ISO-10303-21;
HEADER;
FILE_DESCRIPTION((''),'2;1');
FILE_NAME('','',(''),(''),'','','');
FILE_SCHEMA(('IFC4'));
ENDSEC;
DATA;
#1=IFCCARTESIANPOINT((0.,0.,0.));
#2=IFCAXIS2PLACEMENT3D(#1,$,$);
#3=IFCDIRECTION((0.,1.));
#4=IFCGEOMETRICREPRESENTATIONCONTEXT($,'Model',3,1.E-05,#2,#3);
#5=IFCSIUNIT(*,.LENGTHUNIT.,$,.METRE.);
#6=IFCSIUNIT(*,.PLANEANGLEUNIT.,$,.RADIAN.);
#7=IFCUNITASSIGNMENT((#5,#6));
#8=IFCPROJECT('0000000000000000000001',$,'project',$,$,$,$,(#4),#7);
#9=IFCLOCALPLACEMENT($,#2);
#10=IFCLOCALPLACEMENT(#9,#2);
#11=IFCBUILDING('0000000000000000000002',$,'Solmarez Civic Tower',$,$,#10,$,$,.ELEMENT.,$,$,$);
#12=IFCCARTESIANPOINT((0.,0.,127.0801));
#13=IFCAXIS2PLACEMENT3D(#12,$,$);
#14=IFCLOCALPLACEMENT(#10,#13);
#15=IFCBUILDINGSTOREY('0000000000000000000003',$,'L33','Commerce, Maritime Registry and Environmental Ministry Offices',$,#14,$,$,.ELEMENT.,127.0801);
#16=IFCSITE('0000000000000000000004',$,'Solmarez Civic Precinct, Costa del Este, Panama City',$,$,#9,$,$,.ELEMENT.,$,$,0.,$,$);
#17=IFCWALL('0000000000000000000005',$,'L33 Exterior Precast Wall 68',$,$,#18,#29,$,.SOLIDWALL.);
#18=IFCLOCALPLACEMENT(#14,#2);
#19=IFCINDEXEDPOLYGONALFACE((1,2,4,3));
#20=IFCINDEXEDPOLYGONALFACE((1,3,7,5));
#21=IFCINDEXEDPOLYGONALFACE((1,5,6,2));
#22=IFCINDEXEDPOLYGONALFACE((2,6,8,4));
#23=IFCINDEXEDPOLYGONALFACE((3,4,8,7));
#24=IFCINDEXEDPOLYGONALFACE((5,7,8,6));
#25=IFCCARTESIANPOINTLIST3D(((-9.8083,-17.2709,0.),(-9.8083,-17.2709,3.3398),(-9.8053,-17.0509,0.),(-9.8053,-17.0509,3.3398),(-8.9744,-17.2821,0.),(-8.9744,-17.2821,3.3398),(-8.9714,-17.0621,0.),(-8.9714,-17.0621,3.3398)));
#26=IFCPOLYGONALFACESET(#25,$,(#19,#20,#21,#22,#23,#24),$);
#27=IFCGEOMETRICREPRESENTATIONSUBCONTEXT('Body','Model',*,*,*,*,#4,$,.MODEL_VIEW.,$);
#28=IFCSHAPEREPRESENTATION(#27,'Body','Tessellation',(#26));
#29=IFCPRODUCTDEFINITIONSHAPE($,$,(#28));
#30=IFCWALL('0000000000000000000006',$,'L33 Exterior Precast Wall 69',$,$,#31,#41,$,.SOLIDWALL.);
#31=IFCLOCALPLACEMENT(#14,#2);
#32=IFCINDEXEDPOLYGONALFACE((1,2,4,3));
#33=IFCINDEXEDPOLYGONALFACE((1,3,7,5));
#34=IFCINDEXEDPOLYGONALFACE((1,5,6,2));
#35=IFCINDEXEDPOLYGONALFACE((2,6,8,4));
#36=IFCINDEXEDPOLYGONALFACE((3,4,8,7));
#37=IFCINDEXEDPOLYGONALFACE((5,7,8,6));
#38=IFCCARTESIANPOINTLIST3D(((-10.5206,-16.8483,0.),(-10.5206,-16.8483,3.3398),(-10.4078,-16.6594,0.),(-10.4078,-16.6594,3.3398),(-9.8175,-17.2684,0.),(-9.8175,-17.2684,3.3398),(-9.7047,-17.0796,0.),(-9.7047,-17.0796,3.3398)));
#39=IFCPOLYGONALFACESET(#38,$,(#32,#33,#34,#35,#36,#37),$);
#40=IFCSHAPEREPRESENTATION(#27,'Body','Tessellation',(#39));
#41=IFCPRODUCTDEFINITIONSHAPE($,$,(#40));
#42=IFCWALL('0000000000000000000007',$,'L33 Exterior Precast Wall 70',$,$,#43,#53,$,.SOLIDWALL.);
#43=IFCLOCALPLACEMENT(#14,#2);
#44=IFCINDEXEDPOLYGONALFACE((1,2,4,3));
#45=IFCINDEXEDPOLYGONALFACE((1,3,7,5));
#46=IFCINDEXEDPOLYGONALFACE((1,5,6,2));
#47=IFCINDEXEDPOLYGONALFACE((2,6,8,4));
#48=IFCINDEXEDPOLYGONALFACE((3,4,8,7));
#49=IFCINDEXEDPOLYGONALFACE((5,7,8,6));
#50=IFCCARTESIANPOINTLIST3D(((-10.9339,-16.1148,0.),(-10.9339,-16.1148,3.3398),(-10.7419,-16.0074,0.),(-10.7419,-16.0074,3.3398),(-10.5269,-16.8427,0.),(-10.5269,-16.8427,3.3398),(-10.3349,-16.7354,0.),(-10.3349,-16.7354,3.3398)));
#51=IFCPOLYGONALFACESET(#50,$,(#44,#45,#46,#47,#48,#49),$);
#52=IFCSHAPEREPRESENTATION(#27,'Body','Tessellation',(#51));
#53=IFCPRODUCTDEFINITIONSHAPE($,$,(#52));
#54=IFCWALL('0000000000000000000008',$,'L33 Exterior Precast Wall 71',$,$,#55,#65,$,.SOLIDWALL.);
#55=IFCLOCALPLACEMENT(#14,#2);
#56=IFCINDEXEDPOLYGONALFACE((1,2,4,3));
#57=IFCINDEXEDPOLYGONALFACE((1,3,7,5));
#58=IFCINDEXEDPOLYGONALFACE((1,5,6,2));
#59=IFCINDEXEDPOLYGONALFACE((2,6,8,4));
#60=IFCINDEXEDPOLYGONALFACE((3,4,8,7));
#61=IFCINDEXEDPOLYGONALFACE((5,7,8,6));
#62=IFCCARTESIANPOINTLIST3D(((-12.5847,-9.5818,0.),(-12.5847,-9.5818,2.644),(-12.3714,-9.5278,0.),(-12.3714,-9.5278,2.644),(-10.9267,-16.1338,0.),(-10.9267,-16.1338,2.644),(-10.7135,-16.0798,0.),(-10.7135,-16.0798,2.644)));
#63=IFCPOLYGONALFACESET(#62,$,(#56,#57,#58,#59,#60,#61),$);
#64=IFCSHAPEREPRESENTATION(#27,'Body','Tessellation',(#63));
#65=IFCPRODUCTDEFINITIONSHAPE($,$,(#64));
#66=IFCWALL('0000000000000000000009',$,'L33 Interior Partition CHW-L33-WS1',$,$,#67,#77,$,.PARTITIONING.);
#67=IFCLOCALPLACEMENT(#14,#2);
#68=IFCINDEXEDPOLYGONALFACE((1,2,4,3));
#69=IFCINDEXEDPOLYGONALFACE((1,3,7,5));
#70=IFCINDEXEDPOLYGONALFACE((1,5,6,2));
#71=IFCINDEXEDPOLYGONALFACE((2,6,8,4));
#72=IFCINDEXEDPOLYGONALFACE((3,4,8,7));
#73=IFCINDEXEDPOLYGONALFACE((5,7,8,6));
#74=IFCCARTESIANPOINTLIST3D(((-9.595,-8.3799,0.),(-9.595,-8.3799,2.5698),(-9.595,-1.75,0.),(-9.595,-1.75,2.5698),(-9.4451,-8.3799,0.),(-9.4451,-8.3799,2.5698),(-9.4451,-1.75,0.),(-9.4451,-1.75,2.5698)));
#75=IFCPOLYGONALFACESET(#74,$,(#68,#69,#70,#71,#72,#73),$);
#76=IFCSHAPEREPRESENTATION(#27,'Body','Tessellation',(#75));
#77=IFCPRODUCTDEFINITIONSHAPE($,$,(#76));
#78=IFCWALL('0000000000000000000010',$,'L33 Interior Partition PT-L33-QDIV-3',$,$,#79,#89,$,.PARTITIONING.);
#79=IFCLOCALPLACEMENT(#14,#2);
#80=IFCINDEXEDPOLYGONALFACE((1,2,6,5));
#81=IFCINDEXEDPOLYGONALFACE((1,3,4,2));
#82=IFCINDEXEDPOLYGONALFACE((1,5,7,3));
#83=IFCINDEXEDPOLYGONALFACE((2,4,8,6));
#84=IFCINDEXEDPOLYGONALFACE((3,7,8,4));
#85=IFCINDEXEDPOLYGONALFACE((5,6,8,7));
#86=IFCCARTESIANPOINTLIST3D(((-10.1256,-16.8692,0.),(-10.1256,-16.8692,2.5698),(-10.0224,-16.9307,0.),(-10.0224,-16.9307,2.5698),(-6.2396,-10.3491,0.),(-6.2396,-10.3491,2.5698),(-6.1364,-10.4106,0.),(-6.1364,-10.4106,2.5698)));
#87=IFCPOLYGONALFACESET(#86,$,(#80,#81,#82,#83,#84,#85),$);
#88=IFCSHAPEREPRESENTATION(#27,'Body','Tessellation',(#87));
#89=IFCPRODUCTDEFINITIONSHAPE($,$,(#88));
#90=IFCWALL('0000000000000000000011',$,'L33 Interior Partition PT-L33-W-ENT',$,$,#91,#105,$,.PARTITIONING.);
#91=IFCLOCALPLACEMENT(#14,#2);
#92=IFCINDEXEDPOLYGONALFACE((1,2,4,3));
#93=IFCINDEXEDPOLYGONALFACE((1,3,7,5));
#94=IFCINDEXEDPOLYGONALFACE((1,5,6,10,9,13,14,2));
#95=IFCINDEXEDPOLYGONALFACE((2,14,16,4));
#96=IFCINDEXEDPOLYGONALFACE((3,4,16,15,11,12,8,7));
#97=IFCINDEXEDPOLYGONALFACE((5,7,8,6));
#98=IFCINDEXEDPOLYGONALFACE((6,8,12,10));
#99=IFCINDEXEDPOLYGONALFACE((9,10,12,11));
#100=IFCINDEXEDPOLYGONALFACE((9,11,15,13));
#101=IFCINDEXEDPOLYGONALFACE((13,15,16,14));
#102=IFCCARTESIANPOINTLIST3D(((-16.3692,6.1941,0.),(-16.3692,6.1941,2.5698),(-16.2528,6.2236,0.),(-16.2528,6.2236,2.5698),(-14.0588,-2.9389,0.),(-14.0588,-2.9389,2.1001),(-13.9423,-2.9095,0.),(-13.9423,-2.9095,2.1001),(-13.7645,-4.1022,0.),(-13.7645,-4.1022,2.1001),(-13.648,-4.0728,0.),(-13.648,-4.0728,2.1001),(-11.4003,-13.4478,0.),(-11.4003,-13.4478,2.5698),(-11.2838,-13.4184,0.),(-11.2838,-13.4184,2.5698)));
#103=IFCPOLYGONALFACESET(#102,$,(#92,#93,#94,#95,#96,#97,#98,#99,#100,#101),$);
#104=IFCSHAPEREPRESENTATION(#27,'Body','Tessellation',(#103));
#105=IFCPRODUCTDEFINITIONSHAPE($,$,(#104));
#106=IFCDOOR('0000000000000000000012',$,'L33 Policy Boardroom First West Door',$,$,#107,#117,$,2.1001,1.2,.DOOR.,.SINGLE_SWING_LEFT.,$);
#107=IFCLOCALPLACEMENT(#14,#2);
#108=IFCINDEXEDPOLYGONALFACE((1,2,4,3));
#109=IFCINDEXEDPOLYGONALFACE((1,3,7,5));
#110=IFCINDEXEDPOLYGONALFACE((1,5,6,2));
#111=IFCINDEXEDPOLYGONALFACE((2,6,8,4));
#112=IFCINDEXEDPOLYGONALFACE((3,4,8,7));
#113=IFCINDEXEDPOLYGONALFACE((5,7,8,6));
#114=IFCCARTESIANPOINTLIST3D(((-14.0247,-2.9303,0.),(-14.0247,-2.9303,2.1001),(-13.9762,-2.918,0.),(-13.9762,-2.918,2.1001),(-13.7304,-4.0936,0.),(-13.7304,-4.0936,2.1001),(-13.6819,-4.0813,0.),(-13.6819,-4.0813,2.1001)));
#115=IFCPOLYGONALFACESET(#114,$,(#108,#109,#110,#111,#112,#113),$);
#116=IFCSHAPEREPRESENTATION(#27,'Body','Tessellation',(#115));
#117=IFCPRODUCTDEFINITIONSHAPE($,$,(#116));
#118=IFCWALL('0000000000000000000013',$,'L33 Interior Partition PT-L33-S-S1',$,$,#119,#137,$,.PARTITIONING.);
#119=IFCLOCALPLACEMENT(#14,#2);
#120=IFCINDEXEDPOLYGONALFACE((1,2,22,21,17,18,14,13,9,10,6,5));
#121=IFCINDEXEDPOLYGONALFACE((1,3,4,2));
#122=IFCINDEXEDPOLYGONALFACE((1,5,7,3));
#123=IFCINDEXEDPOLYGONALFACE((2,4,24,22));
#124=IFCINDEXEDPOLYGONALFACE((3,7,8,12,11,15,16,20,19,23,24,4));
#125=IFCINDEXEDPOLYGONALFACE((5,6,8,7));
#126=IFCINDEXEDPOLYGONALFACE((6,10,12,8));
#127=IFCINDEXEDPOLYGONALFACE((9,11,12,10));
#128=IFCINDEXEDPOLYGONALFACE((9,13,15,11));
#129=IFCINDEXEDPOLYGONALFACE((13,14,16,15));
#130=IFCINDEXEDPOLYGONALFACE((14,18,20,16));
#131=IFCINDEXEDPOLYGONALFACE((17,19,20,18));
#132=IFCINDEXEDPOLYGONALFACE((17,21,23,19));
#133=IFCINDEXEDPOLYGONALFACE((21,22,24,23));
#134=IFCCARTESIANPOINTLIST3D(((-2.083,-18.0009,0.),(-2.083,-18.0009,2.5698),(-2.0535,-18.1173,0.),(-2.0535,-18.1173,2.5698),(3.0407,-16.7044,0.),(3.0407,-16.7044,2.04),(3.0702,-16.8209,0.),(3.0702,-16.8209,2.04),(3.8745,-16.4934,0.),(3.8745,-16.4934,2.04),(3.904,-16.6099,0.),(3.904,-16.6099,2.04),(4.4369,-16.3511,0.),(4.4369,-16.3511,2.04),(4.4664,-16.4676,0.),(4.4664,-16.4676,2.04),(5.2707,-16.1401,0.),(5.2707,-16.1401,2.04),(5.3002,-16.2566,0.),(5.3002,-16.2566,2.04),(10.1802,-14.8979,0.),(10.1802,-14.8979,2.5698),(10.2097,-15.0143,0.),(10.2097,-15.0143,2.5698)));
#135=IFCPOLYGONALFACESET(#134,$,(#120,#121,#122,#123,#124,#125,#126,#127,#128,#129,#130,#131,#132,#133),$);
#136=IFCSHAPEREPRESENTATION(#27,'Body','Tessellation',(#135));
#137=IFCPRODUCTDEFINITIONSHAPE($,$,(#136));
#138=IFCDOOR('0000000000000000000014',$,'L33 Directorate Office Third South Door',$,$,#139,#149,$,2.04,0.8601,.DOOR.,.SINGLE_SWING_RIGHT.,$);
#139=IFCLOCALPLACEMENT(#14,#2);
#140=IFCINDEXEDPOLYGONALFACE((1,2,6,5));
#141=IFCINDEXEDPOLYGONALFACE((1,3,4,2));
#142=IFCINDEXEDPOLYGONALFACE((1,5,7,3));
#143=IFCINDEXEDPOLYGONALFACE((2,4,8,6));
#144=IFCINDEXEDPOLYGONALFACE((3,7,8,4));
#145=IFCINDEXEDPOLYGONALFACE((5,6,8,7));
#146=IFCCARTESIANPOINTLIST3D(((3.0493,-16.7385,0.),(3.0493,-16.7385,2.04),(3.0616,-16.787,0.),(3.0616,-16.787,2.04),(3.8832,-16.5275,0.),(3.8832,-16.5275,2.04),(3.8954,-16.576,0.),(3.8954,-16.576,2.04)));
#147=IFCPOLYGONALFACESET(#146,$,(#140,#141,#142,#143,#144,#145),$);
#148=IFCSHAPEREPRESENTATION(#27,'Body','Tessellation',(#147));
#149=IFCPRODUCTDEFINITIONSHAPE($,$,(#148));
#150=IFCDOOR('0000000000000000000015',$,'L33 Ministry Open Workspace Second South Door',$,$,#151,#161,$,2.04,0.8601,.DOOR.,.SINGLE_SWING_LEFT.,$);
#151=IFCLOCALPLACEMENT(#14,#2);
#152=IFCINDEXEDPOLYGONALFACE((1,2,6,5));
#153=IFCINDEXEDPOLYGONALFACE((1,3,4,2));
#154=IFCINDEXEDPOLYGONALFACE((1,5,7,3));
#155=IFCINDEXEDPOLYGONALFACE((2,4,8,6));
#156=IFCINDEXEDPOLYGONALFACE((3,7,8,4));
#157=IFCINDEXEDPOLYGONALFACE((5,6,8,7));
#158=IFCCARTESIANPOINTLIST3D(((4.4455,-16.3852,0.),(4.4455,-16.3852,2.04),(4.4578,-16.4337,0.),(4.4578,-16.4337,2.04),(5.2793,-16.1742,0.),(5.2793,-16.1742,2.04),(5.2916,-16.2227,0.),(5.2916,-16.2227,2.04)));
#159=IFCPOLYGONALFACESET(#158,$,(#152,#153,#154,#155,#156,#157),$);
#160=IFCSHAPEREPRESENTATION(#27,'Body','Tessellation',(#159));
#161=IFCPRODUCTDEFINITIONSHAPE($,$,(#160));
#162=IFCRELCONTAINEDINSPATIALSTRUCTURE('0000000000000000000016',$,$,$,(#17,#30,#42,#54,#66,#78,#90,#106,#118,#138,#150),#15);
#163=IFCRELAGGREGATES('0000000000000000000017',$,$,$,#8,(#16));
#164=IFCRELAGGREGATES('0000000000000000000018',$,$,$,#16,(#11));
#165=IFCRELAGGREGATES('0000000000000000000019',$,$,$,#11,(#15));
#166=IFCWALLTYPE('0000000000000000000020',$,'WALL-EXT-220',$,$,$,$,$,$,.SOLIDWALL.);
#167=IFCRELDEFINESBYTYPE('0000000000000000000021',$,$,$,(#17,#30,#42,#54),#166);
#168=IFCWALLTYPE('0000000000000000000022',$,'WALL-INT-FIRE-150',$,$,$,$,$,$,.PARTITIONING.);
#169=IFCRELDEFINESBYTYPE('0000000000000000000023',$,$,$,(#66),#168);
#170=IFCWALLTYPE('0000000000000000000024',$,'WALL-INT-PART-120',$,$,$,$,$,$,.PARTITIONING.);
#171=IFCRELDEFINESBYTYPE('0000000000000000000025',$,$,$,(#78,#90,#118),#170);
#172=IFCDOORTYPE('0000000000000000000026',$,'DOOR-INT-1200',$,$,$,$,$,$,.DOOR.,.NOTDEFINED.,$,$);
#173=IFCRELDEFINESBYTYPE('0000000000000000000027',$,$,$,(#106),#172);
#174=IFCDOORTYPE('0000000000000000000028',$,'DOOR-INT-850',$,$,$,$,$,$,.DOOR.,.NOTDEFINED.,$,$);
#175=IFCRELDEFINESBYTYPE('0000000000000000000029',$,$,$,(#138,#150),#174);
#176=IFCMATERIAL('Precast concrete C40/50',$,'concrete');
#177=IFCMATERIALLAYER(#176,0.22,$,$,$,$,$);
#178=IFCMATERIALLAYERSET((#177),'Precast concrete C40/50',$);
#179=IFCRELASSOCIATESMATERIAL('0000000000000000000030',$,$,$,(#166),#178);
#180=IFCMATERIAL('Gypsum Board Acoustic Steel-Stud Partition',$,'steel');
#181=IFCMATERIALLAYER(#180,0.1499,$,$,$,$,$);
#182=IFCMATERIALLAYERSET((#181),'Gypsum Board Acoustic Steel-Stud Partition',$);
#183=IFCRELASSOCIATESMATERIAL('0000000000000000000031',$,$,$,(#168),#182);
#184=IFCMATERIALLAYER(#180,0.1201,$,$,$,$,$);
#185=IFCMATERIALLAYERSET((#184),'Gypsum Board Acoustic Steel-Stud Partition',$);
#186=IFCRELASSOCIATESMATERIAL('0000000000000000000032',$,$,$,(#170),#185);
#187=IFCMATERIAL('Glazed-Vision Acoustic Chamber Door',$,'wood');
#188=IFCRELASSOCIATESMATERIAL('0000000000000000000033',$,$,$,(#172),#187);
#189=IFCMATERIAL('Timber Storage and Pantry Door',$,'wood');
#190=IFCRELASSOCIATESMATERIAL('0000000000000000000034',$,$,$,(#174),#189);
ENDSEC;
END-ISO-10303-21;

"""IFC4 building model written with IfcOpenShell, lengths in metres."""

from ifc_helpers import new_model, si_unit, direction, frame, frame_2d, origin, place, context, subcontext, project, spatial, rectangle, extrude, material, layer, layer_set, type_object, element, fill, save


model = new_model("IFC4")

# Units and contexts
model_context = context("Model", 3, precision=1e-05, world=origin(), true_north=direction((0.0, 1.0)))
body_context = subcontext(model_context, "Body", "Model", "MODEL_VIEW")
ifc_project = project(units=[si_unit("LENGTHUNIT", "METRE"), si_unit("PLANEANGLEUNIT", "RADIAN")], contexts=[model_context])

# Site, building, storey
site_placement = place(None, origin())
site = spatial("IfcSite", under=ifc_project, at=site_placement, Name="Solmarez Civic Precinct, Costa del Este, Panama City", CompositionType="ELEMENT", RefElevation=0.0)
building_placement = place(site_placement, origin())
building = spatial("IfcBuilding", under=site, at=building_placement, Name="Solmarez Civic Tower", CompositionType="ELEMENT")
storey_placement = place(building_placement, frame((0.0, 0.0, 127.0801)))
storey = spatial("IfcBuildingStorey", under=building, at=storey_placement, Name="L33", Description="Commerce, Maritime Registry and Environmental Ministry Offices", CompositionType="ELEMENT", Elevation=127.0801)

# Shared definitions
ifc_material_1 = material(Name="Precast concrete C40/50", Category="concrete")
ifc_layer_1 = layer(ifc_material_1, 0.22)
ifc_layer_set_1 = layer_set([ifc_layer_1], Name="Precast concrete C40/50")
wall_type_1 = type_object("IfcWallType", Name="WALL-EXT-220", PredefinedType="SOLIDWALL", material=ifc_layer_set_1)

# Walls
wall_1_placement = place(storey_placement, frame((-8.9729, -17.1721, 0.0), z_axis=(0.0, 0.0, 1.0), x_axis=(-0.999909, 0.013465, 0.0)))
element("IfcWall", 1, at=wall_1_placement, inside=storey, type_object=wall_type_1, Name="L33 Exterior Precast Wall 68", PredefinedType="SOLIDWALL", context=body_context, shape_type="SweptSolid", body=[
    extrude(rectangle(XDim=0.834, YDim=0.22, at=frame_2d((0.417, 0.0))), origin(), (0.0, 0.0, 1.0), 3.3398),
])
wall_2_placement = place(storey_placement, frame((-9.761, -17.1741, 0.0), z_axis=(0.0, 0.0, 1.0), x_axis=(-0.858412, 0.512961, 0.0)))
element("IfcWall", 2, at=wall_2_placement, inside=storey, type_object=wall_type_1, Name="L33 Exterior Precast Wall 69", PredefinedType="SOLIDWALL", context=body_context, shape_type="SweptSolid", body=[
    extrude(rectangle(XDim=0.8191, YDim=0.22, at=frame_2d((0.4097, 0.0))), origin(), (0.0, 0.0, 1.0), 3.3398),
])
wall_3_placement = place(storey_placement, frame((-10.4309, -16.7891, 0.0), z_axis=(0.0, 0.0, 1.0), x_axis=(-0.487953, 0.87287, 0.0)))
element("IfcWall", 3, at=wall_3_placement, inside=storey, type_object=wall_type_1, Name="L33 Exterior Precast Wall 70", PredefinedType="SOLIDWALL", context=body_context, shape_type="SweptSolid", body=[
    extrude(rectangle(XDim=0.834, YDim=0.22, at=frame_2d((0.417, 0.0))), origin(), (0.0, 0.0, 1.0), 3.3398),
])
wall_4_placement = place(storey_placement, frame((-10.8201, -16.1069, 0.0), z_axis=(0.0, 0.0, 1.0), x_axis=(-0.245314, 0.969444, 0.0)))
element("IfcWall", 4, at=wall_4_placement, inside=storey, type_object=wall_type_1, Name="L33 Exterior Precast Wall 71", PredefinedType="SOLIDWALL", context=body_context, shape_type="SweptSolid", body=[
    extrude(rectangle(XDim=6.7585, YDim=0.22, at=frame_2d((3.3794, 0.0))), origin(), (0.0, 0.0, 1.0), 2.644),
])
ifc_material_2 = material(Name="Gypsum Board Acoustic Steel-Stud Partition", Category="steel")
ifc_layer_2 = layer(ifc_material_2, 0.1499)
ifc_layer_set_2 = layer_set([ifc_layer_2], Name="Gypsum Board Acoustic Steel-Stud Partition")
wall_type_2 = type_object("IfcWallType", Name="WALL-INT-FIRE-150", PredefinedType="PARTITIONING", material=ifc_layer_set_2)
wall_5_placement = place(storey_placement, frame((-9.52, -8.3799, 0.0), z_axis=(0.0, 0.0, 1.0), x_axis=(0.0, 1.0, 0.0)))
element("IfcWall", 5, at=wall_5_placement, inside=storey, type_object=wall_type_2, Name="L33 Interior Partition CHW-L33-WS1", PredefinedType="PARTITIONING", context=body_context, shape_type="SweptSolid", body=[
    extrude(rectangle(XDim=6.6299, YDim=0.1499, at=frame_2d((3.3149, 0.0))), origin(), (0.0, 0.0, 1.0), 2.5698),
])
ifc_layer_3 = layer(ifc_material_2, 0.1201)
ifc_layer_set_3 = layer_set([ifc_layer_3], Name="Gypsum Board Acoustic Steel-Stud Partition")
wall_type_3 = type_object("IfcWallType", Name="WALL-INT-PART-120", PredefinedType="PARTITIONING", material=ifc_layer_set_3)
wall_6_placement = place(storey_placement, frame((-6.188, -10.3799, 0.0), z_axis=(0.0, 0.0, 1.0), x_axis=(-0.511972, -0.859002, 0.0)))
element("IfcWall", 6, at=wall_6_placement, inside=storey, type_object=wall_type_3, Name="L33 Interior Partition PT-L33-QDIV-3", PredefinedType="PARTITIONING", context=body_context, shape_type="SweptSolid", body=[
    extrude(rectangle(XDim=7.5903, YDim=0.1201, at=frame_2d((3.7952, 0.0))), origin(), (0.0, 0.0, 1.0), 2.5698),
])

# Wall, opening, door
wall_7_placement = place(storey_placement, frame((-11.342, -13.4331, 0.0), z_axis=(0.0, 0.0, 1.0), x_axis=(-0.245251, 0.96946, 0.0)))
wall_7 = element("IfcWall", 7, at=wall_7_placement, inside=storey, type_object=wall_type_3, Name="L33 Interior Partition PT-L33-W-ENT", PredefinedType="PARTITIONING", context=body_context, shape_type="SweptSolid", body=[
    extrude(rectangle(XDim=20.2607, YDim=0.1201, at=frame_2d((10.1304, 0.0))), origin(), (0.0, 0.0, 1.0), 2.5698),
])
opening_1_placement = place(wall_7_placement, frame((9.6399, 0.0, 0.0)))
opening_1 = element("IfcOpeningElement", 8, at=opening_1_placement, cuts=wall_7, PredefinedType="OPENING", context=body_context, shape_type="SweptSolid", body=[
    extrude(rectangle(XDim=1.2, YDim=2.1001, at=frame_2d((0.6001, 1.05))), frame((0.0, 0.0701, 0.0), z_axis=(0.0, -1.0, 0.0), x_axis=(1.0, 0.0, 0.0)), (0.0, 0.0, 1.0), 0.1401),
])
ifc_material_3 = material(Name="Glazed-Vision Acoustic Chamber Door", Category="wood")
door_type_1 = type_object("IfcDoorType", Name="DOOR-INT-1200", OperationType="NOTDEFINED", PredefinedType="DOOR", material=ifc_material_3)
door_1_placement = place(opening_1_placement, origin())
door_1 = element("IfcDoor", 9, at=door_1_placement, inside=storey, type_object=door_type_1, Name="L33 Policy Boardroom First West Door", OperationType="SINGLE_SWING_LEFT", OverallHeight=2.1001, OverallWidth=1.2, PredefinedType="DOOR", context=body_context, shape_type="SweptSolid", body=[
    extrude(rectangle(XDim=1.2, YDim=2.1001, at=frame_2d((0.6001, 1.05))), frame((0.0, 0.0249, 0.0), z_axis=(0.0, -1.0, 0.0), x_axis=(1.0, 0.0, 0.0)), (0.0, 0.0, 1.0), 0.05),
])
fill(opening_1, door_1)

# Wall, openings, doors
wall_8_placement = place(storey_placement, frame((-2.0681, -18.0591, 0.0), z_axis=(0.0, 0.0, 1.0), x_axis=(0.969446, 0.245305, 0.0)))
wall_8 = element("IfcWall", 10, at=wall_8_placement, inside=storey, type_object=wall_type_3, Name="L33 Interior Partition PT-L33-S-S1", PredefinedType="PARTITIONING", context=body_context, shape_type="SweptSolid", body=[
    extrude(rectangle(XDim=12.6497, YDim=0.1201, at=frame_2d((6.3247, 0.0))), origin(), (0.0, 0.0, 1.0), 2.5698),
])
opening_2_placement = place(wall_8_placement, frame((5.2849, 0.0, 0.0)))
opening_2 = element("IfcOpeningElement", 11, at=opening_2_placement, cuts=wall_8, PredefinedType="OPENING", context=body_context, shape_type="SweptSolid", body=[
    extrude(rectangle(XDim=0.8601, YDim=2.04, at=frame_2d((0.4302, 1.02))), frame((0.0, 0.0701, 0.0), z_axis=(0.0, -1.0, 0.0), x_axis=(1.0, 0.0, 0.0)), (0.0, 0.0, 1.0), 0.1401),
])
opening_3_placement = place(wall_8_placement, frame((6.7251, 0.0, 0.0)))
opening_3 = element("IfcOpeningElement", 12, at=opening_3_placement, cuts=wall_8, PredefinedType="OPENING", context=body_context, shape_type="SweptSolid", body=[
    extrude(rectangle(XDim=0.8601, YDim=2.04, at=frame_2d((0.4302, 1.02))), frame((0.0, 0.0701, 0.0), z_axis=(0.0, -1.0, 0.0), x_axis=(1.0, 0.0, 0.0)), (0.0, 0.0, 1.0), 0.1401),
])
ifc_material_4 = material(Name="Timber Storage and Pantry Door", Category="wood")
door_type_2 = type_object("IfcDoorType", Name="DOOR-INT-850", OperationType="NOTDEFINED", PredefinedType="DOOR", material=ifc_material_4)
door_2_placement = place(opening_2_placement, origin())
door_2 = element("IfcDoor", 13, at=door_2_placement, inside=storey, type_object=door_type_2, Name="L33 Directorate Office Third South Door", OperationType="SINGLE_SWING_RIGHT", OverallHeight=2.04, OverallWidth=0.8601, PredefinedType="DOOR", context=body_context, shape_type="SweptSolid", body=[
    extrude(rectangle(XDim=0.8601, YDim=2.04, at=frame_2d((0.4302, 1.02))), frame((0.0, 0.0249, 0.0), z_axis=(0.0, -1.0, 0.0), x_axis=(1.0, 0.0, 0.0)), (0.0, 0.0, 1.0), 0.05),
])
fill(opening_2, door_2)
door_3_placement = place(opening_3_placement, origin())
door_3 = element("IfcDoor", 14, at=door_3_placement, inside=storey, type_object=door_type_2, Name="L33 Ministry Open Workspace Second South Door", OperationType="SINGLE_SWING_LEFT", OverallHeight=2.04, OverallWidth=0.8601, PredefinedType="DOOR", context=body_context, shape_type="SweptSolid", body=[
    extrude(rectangle(XDim=0.8601, YDim=2.04, at=frame_2d((0.4302, 1.02))), frame((0.0, 0.0249, 0.0), z_axis=(0.0, -1.0, 0.0), x_axis=(1.0, 0.0, 0.0)), (0.0, 0.0, 1.0), 0.05),
])
fill(opening_3, door_3)

save(model, "model.ifc")
